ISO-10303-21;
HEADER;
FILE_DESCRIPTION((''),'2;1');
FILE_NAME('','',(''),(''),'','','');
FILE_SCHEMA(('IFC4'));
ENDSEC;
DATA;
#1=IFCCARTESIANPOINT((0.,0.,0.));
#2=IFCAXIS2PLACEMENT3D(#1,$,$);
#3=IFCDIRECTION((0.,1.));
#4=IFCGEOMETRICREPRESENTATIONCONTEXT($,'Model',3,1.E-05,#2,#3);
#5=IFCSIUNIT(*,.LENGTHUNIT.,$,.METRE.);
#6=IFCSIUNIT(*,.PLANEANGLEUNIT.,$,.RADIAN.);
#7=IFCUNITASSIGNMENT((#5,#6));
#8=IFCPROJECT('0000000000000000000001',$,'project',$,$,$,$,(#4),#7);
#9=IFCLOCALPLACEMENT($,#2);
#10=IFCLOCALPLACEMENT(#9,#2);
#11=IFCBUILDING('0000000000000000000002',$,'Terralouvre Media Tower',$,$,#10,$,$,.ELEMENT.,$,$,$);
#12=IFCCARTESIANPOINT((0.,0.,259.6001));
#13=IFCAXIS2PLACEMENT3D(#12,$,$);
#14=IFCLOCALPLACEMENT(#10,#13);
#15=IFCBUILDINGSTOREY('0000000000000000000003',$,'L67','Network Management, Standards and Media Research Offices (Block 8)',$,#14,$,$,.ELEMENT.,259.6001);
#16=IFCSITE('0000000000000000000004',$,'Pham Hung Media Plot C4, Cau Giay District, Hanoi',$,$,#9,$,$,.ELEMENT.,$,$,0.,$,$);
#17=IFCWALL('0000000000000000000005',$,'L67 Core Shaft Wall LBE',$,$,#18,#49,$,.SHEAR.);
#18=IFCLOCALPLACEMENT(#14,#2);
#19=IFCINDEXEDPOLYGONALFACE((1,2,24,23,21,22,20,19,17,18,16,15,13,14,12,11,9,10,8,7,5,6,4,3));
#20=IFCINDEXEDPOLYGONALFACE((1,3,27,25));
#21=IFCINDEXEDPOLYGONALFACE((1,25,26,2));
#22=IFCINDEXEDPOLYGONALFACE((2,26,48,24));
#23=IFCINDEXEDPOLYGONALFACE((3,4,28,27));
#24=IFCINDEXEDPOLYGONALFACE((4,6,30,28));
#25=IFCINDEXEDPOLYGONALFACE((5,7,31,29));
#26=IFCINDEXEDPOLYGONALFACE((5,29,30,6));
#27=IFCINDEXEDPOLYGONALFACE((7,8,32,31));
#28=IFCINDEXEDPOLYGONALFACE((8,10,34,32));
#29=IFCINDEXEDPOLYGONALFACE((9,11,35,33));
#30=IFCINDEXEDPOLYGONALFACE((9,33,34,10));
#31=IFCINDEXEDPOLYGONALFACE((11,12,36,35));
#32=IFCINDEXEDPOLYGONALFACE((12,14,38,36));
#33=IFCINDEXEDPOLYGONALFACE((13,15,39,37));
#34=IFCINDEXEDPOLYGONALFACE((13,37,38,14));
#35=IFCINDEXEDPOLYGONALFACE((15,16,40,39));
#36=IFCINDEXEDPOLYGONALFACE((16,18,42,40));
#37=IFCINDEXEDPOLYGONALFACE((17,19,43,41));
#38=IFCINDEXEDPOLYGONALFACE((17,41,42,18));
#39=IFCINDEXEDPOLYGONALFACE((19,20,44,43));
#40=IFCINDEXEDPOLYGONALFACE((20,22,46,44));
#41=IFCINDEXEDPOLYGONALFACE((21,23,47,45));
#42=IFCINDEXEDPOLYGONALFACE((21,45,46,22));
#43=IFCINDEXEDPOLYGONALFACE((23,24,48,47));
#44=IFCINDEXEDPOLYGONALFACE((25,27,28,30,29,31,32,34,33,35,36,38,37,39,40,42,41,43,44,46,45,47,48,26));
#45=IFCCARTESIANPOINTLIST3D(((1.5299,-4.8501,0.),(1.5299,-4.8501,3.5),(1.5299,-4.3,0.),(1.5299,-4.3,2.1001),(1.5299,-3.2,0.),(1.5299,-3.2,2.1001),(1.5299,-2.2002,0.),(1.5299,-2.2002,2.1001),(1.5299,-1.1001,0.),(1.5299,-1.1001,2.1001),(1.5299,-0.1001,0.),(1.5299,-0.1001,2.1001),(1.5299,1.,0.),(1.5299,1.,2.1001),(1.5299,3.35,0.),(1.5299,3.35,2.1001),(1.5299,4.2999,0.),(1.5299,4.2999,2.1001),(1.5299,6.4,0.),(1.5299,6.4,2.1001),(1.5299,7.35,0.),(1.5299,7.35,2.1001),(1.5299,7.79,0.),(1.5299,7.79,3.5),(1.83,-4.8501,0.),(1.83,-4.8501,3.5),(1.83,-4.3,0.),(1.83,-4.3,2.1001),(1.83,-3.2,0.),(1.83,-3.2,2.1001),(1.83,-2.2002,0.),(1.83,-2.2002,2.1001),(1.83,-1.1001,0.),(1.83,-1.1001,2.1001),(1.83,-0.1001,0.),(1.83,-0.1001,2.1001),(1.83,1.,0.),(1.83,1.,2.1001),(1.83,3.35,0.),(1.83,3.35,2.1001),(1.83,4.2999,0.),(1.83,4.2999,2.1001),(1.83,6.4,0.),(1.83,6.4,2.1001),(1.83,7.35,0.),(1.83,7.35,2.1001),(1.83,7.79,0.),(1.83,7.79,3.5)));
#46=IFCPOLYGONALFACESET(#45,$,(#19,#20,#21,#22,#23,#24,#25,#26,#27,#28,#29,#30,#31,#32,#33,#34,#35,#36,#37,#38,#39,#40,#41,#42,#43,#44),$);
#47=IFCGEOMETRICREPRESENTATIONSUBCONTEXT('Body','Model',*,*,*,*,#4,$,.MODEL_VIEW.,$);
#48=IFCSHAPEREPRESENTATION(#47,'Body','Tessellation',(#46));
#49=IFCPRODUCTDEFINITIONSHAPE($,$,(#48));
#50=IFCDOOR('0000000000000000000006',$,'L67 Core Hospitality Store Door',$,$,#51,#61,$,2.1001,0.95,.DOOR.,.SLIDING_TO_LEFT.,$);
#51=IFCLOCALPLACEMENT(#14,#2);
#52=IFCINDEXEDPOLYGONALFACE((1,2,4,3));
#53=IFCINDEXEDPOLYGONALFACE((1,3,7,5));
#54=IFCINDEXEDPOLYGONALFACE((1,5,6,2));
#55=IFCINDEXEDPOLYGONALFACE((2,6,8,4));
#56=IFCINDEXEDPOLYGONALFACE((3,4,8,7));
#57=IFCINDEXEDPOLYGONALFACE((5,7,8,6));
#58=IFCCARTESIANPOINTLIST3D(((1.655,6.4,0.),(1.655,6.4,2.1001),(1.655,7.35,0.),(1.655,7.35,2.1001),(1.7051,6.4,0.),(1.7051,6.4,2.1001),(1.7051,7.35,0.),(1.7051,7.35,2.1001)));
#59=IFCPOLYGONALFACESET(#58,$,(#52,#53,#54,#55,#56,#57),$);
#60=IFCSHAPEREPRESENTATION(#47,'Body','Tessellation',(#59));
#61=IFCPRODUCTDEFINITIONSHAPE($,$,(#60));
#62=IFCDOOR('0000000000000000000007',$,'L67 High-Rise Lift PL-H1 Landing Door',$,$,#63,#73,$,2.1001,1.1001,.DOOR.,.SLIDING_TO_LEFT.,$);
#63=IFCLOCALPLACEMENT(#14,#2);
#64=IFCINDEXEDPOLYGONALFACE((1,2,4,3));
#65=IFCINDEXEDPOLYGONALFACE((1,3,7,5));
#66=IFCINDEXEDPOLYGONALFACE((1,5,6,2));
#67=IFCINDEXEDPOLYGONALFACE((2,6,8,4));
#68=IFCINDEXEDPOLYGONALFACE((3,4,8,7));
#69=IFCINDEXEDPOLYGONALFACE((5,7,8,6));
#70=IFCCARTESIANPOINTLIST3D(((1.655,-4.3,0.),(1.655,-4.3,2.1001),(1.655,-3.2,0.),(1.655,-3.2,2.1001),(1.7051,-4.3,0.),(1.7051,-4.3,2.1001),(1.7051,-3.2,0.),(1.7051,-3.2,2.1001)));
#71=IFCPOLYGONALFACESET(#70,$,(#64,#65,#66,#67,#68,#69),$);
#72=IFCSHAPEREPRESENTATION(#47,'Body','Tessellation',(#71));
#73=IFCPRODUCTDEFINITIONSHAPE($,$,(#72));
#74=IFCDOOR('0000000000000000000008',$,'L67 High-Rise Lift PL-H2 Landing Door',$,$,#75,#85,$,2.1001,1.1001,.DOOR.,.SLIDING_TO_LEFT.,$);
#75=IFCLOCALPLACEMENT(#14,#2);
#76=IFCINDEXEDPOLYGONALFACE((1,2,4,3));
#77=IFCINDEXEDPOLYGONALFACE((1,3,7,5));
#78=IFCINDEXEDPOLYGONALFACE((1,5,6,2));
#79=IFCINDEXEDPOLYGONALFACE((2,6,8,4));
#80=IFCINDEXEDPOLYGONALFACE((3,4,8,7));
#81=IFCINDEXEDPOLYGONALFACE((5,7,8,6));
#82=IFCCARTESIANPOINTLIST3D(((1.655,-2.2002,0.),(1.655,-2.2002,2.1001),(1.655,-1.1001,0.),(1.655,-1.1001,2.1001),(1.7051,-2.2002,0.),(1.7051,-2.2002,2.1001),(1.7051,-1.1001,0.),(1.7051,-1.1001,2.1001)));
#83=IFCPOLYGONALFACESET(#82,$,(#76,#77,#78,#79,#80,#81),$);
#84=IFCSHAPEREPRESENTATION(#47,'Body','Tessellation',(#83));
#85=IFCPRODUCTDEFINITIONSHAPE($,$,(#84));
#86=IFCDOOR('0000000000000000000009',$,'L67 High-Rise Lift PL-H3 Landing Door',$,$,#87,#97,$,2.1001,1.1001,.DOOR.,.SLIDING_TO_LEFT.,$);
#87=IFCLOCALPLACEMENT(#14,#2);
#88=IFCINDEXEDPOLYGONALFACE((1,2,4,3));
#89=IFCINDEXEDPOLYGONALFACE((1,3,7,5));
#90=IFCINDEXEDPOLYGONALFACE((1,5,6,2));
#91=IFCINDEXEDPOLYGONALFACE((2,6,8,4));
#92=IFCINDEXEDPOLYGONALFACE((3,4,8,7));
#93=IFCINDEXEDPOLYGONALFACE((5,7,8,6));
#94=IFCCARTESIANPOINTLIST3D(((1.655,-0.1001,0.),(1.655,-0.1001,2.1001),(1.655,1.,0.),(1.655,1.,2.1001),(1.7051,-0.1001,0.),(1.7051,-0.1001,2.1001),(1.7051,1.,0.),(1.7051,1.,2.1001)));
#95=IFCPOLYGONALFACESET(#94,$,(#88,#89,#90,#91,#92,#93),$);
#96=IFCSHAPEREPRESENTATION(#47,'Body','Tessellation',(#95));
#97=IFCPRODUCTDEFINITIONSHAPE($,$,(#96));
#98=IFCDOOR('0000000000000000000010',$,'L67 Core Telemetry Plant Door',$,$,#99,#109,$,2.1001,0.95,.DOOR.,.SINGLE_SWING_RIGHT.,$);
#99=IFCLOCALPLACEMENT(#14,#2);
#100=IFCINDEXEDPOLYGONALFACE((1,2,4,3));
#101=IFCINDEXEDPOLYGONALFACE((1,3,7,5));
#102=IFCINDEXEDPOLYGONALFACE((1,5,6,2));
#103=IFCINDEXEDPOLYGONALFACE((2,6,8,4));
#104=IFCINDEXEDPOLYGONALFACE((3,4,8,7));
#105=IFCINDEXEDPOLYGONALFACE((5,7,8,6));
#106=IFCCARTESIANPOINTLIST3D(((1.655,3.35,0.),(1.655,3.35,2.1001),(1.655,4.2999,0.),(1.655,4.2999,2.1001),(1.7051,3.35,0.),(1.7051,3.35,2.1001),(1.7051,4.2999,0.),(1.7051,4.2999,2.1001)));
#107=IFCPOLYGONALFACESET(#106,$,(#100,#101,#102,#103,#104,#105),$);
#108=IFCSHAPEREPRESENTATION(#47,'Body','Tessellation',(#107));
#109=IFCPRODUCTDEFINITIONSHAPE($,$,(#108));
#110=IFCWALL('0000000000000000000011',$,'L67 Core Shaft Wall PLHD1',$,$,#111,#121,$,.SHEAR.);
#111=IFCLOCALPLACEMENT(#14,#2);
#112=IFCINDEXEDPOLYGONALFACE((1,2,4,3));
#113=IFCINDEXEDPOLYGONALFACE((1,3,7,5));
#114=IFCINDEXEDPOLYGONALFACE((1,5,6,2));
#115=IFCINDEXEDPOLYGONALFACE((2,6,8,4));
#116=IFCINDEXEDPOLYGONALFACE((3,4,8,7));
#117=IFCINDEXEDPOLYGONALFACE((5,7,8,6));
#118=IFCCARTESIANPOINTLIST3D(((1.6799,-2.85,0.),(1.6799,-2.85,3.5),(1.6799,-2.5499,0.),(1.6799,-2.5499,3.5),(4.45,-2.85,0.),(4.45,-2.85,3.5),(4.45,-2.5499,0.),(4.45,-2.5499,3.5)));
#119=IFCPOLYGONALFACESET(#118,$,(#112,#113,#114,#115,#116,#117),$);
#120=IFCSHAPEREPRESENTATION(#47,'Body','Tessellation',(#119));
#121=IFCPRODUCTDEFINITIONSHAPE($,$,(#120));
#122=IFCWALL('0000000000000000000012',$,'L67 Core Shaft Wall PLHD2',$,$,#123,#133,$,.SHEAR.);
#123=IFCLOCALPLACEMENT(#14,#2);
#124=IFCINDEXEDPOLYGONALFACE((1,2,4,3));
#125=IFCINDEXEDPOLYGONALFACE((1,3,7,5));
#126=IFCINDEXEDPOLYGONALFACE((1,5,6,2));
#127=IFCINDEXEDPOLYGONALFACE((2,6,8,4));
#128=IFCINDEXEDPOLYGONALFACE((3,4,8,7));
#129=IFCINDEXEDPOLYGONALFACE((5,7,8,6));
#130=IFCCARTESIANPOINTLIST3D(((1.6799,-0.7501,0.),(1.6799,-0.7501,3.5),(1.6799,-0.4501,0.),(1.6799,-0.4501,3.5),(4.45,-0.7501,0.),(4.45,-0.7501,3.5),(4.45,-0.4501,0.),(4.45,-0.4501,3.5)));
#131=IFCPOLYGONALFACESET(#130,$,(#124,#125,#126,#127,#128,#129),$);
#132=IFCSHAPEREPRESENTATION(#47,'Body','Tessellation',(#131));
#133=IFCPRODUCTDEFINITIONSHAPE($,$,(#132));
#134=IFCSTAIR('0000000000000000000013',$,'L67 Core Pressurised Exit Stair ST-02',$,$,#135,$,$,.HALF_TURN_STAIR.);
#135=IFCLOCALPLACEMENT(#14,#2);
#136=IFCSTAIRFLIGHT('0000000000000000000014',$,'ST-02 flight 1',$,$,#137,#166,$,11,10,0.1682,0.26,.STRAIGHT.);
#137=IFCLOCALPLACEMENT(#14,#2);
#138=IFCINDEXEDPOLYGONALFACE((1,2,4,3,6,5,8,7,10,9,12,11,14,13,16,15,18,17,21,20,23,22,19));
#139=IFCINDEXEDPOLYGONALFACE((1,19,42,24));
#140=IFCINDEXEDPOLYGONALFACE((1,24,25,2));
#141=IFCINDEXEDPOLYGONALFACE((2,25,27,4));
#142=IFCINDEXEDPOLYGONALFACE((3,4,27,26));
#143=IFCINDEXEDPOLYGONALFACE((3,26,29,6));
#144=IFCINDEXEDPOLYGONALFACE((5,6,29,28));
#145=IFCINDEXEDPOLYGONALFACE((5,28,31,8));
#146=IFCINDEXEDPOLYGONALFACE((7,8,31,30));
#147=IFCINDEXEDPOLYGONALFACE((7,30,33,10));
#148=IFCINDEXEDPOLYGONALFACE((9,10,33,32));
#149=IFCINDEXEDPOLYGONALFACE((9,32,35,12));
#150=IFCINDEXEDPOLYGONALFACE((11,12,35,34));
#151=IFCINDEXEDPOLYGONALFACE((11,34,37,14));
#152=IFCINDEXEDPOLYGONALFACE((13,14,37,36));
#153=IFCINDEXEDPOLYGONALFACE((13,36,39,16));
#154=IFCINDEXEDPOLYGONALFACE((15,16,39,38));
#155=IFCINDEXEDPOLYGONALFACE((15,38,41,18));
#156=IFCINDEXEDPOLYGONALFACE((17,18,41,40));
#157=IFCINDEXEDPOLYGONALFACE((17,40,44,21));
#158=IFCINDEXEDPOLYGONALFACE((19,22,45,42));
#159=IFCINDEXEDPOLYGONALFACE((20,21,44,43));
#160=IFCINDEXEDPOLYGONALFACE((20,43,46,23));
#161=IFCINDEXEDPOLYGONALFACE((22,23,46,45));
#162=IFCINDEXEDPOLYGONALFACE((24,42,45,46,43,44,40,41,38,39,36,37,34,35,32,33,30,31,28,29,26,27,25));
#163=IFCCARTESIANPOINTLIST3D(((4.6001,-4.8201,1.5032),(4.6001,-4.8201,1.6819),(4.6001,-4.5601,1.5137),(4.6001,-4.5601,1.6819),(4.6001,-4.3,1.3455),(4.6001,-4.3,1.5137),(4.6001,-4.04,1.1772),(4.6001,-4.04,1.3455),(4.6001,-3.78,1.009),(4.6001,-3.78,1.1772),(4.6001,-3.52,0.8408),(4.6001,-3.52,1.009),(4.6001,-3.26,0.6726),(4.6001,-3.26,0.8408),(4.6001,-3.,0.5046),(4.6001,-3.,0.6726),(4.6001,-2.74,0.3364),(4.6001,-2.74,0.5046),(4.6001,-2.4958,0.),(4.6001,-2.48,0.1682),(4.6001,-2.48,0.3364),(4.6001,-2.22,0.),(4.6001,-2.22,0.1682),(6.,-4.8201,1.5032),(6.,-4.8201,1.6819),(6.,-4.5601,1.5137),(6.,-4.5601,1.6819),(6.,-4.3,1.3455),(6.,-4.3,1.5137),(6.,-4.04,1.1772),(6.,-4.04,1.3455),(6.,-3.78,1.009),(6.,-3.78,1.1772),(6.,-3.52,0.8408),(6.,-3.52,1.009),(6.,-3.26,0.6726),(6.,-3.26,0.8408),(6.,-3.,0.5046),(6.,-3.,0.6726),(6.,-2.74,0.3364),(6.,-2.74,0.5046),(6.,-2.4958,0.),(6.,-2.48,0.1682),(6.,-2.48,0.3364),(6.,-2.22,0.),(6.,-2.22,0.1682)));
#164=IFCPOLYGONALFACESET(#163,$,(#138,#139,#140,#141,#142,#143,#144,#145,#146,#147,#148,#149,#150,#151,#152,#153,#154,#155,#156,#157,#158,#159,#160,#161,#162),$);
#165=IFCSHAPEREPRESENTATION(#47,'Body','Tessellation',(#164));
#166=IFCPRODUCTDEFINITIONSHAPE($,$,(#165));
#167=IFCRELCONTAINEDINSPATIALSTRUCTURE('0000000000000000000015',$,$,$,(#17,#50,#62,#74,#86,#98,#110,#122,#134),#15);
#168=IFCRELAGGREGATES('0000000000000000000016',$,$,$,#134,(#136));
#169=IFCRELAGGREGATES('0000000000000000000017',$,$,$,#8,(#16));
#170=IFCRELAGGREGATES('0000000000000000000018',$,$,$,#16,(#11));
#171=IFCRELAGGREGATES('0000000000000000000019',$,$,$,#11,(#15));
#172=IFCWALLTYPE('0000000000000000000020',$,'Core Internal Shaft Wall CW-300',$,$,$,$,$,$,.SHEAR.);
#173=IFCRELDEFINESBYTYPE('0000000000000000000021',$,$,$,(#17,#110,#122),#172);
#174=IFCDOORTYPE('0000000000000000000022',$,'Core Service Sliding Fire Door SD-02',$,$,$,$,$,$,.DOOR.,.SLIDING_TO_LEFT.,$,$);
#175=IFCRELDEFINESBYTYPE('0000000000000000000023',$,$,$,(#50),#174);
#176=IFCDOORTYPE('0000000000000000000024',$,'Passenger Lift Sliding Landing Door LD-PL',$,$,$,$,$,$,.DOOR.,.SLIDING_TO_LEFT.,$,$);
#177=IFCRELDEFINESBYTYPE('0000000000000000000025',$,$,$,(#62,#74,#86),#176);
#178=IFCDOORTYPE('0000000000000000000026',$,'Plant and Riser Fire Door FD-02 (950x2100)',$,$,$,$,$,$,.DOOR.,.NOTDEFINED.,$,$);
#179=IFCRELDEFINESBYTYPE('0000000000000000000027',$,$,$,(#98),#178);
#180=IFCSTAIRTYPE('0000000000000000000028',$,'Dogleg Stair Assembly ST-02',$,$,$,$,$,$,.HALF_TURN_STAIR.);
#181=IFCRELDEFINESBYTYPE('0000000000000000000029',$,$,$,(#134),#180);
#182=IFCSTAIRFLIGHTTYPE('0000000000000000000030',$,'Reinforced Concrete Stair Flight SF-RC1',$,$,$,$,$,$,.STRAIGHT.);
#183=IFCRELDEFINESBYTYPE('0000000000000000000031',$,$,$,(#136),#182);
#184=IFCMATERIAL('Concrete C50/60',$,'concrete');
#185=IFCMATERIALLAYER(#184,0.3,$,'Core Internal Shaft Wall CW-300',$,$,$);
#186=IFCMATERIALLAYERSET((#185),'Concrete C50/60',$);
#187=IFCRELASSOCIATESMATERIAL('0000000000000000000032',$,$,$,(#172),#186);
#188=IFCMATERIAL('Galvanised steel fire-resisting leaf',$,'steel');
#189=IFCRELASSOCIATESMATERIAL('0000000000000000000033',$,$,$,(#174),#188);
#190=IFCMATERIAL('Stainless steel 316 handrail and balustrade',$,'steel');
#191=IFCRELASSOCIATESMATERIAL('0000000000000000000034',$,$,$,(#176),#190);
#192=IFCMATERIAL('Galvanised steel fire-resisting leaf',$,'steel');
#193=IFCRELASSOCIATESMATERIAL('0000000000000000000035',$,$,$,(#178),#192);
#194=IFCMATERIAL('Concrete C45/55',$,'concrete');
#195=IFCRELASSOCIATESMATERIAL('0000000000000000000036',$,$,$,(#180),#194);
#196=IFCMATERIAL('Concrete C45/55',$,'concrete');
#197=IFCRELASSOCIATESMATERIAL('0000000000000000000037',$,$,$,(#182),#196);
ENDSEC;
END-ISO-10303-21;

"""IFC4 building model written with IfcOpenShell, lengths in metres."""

from ifc_helpers import new_model, si_unit, direction, frame, frame_2d, origin, place, context, subcontext, project, spatial, polyline, rectangle, outline, extrude, material, layer, layer_set, type_object, element, fill, aggregate, save


model = new_model("IFC4")

# Units and contexts
model_context = context("Model", 3, precision=1e-05, world=origin(), true_north=direction((0.0, 1.0)))
body_context = subcontext(model_context, "Body", "Model", "MODEL_VIEW")
ifc_project = project(units=[si_unit("LENGTHUNIT", "METRE"), si_unit("PLANEANGLEUNIT", "RADIAN")], contexts=[model_context])

# Site, building, storey
site_placement = place(None, origin())
site = spatial("IfcSite", under=ifc_project, at=site_placement, Name="Pham Hung Media Plot C4, Cau Giay District, Hanoi", CompositionType="ELEMENT", RefElevation=0.0)
building_placement = place(site_placement, origin())
building = spatial("IfcBuilding", under=site, at=building_placement, Name="Terralouvre Media Tower", CompositionType="ELEMENT")
storey_placement = place(building_placement, frame((0.0, 0.0, 259.6001)))
storey = spatial("IfcBuildingStorey", under=building, at=storey_placement, Name="L67", Description="Network Management, Standards and Media Research Offices (Block 8)", CompositionType="ELEMENT", Elevation=259.6001)

# Shared definitions
ifc_material_1 = material(Name="Concrete C50/60", Category="concrete")
ifc_layer_1 = layer(ifc_material_1, 0.3, Name="Core Internal Shaft Wall CW-300")
ifc_layer_set_1 = layer_set([ifc_layer_1], Name="Concrete C50/60")
wall_type = type_object("IfcWallType", Name="Core Internal Shaft Wall CW-300", PredefinedType="SHEAR", material=ifc_layer_set_1)

# Wall, openings, doors
wall_1_placement = place(storey_placement, frame((1.6799, -4.8501, 0.0), z_axis=(0.0, 0.0, 1.0), x_axis=(0.0, 1.0, 0.0)))
wall_1 = element("IfcWall", 1, at=wall_1_placement, inside=storey, type_object=wall_type, Name="L67 Core Shaft Wall LBE", PredefinedType="SHEAR", context=body_context, shape_type="SweptSolid", body=[
    extrude(rectangle(XDim=12.6401, YDim=0.3, at=frame_2d((6.3201, 0.0))), origin(), (0.0, 0.0, 1.0), 3.5),
])
opening_1_placement = place(wall_1_placement, frame((0.55, 0.0, 0.0)))
opening_1 = element("IfcOpeningElement", 2, at=opening_1_placement, cuts=wall_1, PredefinedType="OPENING", context=body_context, shape_type="SweptSolid", body=[
    extrude(rectangle(XDim=1.1001, YDim=2.1001, at=frame_2d((0.55, 1.05))), frame((0.0, 0.1599, 0.0), z_axis=(0.0, -1.0, 0.0), x_axis=(1.0, 0.0, 0.0)), (0.0, 0.0, 1.0), 0.3201),
])
opening_2_placement = place(wall_1_placement, frame((2.6499, 0.0, 0.0)))
opening_2 = element("IfcOpeningElement", 3, at=opening_2_placement, cuts=wall_1, PredefinedType="OPENING", context=body_context, shape_type="SweptSolid", body=[
    extrude(rectangle(XDim=1.1001, YDim=2.1001, at=frame_2d((0.55, 1.05))), frame((0.0, 0.1599, 0.0), z_axis=(0.0, -1.0, 0.0), x_axis=(1.0, 0.0, 0.0)), (0.0, 0.0, 1.0), 0.3201),
])
opening_3_placement = place(wall_1_placement, frame((4.75, 0.0, 0.0)))
opening_3 = element("IfcOpeningElement", 4, at=opening_3_placement, cuts=wall_1, PredefinedType="OPENING", context=body_context, shape_type="SweptSolid", body=[
    extrude(rectangle(XDim=1.1001, YDim=2.1001, at=frame_2d((0.55, 1.05))), frame((0.0, 0.1599, 0.0), z_axis=(0.0, -1.0, 0.0), x_axis=(1.0, 0.0, 0.0)), (0.0, 0.0, 1.0), 0.3201),
])
opening_4_placement = place(wall_1_placement, frame((8.2, 0.0, 0.0)))
opening_4 = element("IfcOpeningElement", 5, at=opening_4_placement, cuts=wall_1, PredefinedType="OPENING", context=body_context, shape_type="SweptSolid", body=[
    extrude(rectangle(XDim=0.95, YDim=2.1001, at=frame_2d((0.4751, 1.05))), frame((0.0, 0.1599, 0.0), z_axis=(0.0, -1.0, 0.0), x_axis=(1.0, 0.0, 0.0)), (0.0, 0.0, 1.0), 0.3201),
])
opening_5_placement = place(wall_1_placement, frame((11.25, 0.0, 0.0)))
opening_5 = element("IfcOpeningElement", 6, at=opening_5_placement, cuts=wall_1, PredefinedType="OPENING", context=body_context, shape_type="SweptSolid", body=[
    extrude(rectangle(XDim=0.95, YDim=2.1001, at=frame_2d((0.4751, 1.05))), frame((0.0, 0.1599, 0.0), z_axis=(0.0, -1.0, 0.0), x_axis=(1.0, 0.0, 0.0)), (0.0, 0.0, 1.0), 0.3201),
])
ifc_material_2 = material(Name="Galvanised steel fire-resisting leaf", Category="steel")
door_type_1 = type_object("IfcDoorType", Name="Core Service Sliding Fire Door SD-02", OperationType="SLIDING_TO_LEFT", PredefinedType="DOOR", material=ifc_material_2)
door_1_placement = place(opening_5_placement, origin())
door_1 = element("IfcDoor", 7, at=door_1_placement, inside=storey, type_object=door_type_1, Name="L67 Core Hospitality Store Door", OperationType="SLIDING_TO_LEFT", OverallHeight=2.1001, OverallWidth=0.95, PredefinedType="DOOR", context=body_context, shape_type="SweptSolid", body=[
    extrude(rectangle(XDim=0.95, YDim=2.1001, at=frame_2d((0.4751, 1.05))), frame((0.0, 0.0249, 0.0), z_axis=(0.0, -1.0, 0.0), x_axis=(1.0, 0.0, 0.0)), (0.0, 0.0, 1.0), 0.05),
])
fill(opening_5, door_1)
ifc_material_3 = material(Name="Stainless steel 316 handrail and balustrade", Category="steel")
door_type_2 = type_object("IfcDoorType", Name="Passenger Lift Sliding Landing Door LD-PL", OperationType="SLIDING_TO_LEFT", PredefinedType="DOOR", material=ifc_material_3)
door_2_placement = place(opening_1_placement, origin())
door_2 = element("IfcDoor", 8, at=door_2_placement, inside=storey, type_object=door_type_2, Name="L67 High-Rise Lift PL-H1 Landing Door", OperationType="SLIDING_TO_LEFT", OverallHeight=2.1001, OverallWidth=1.1001, PredefinedType="DOOR", context=body_context, shape_type="SweptSolid", body=[
    extrude(rectangle(XDim=1.1001, YDim=2.1001, at=frame_2d((0.55, 1.05))), frame((0.0, 0.0249, 0.0), z_axis=(0.0, -1.0, 0.0), x_axis=(1.0, 0.0, 0.0)), (0.0, 0.0, 1.0), 0.05),
])
fill(opening_1, door_2)
door_3_placement = place(opening_2_placement, origin())
door_3 = element("IfcDoor", 9, at=door_3_placement, inside=storey, type_object=door_type_2, Name="L67 High-Rise Lift PL-H2 Landing Door", OperationType="SLIDING_TO_LEFT", OverallHeight=2.1001, OverallWidth=1.1001, PredefinedType="DOOR", context=body_context, shape_type="SweptSolid", body=[
    extrude(rectangle(XDim=1.1001, YDim=2.1001, at=frame_2d((0.55, 1.05))), frame((0.0, 0.0249, 0.0), z_axis=(0.0, -1.0, 0.0), x_axis=(1.0, 0.0, 0.0)), (0.0, 0.0, 1.0), 0.05),
])
fill(opening_2, door_3)
door_4_placement = place(opening_3_placement, origin())
door_4 = element("IfcDoor", 10, at=door_4_placement, inside=storey, type_object=door_type_2, Name="L67 High-Rise Lift PL-H3 Landing Door", OperationType="SLIDING_TO_LEFT", OverallHeight=2.1001, OverallWidth=1.1001, PredefinedType="DOOR", context=body_context, shape_type="SweptSolid", body=[
    extrude(rectangle(XDim=1.1001, YDim=2.1001, at=frame_2d((0.55, 1.05))), frame((0.0, 0.0249, 0.0), z_axis=(0.0, -1.0, 0.0), x_axis=(1.0, 0.0, 0.0)), (0.0, 0.0, 1.0), 0.05),
])
fill(opening_3, door_4)
ifc_material_4 = material(Name="Galvanised steel fire-resisting leaf", Category="steel")
door_type_3 = type_object("IfcDoorType", Name="Plant and Riser Fire Door FD-02 (950x2100)", OperationType="NOTDEFINED", PredefinedType="DOOR", material=ifc_material_4)
door_5_placement = place(opening_4_placement, origin())
door_5 = element("IfcDoor", 11, at=door_5_placement, inside=storey, type_object=door_type_3, Name="L67 Core Telemetry Plant Door", OperationType="SINGLE_SWING_RIGHT", OverallHeight=2.1001, OverallWidth=0.95, PredefinedType="DOOR", context=body_context, shape_type="SweptSolid", body=[
    extrude(rectangle(XDim=0.95, YDim=2.1001, at=frame_2d((0.4751, 1.05))), frame((0.0, 0.0249, 0.0), z_axis=(0.0, -1.0, 0.0), x_axis=(1.0, 0.0, 0.0)), (0.0, 0.0, 1.0), 0.05),
])
fill(opening_4, door_5)

# Walls
for number, where, z_axis, x_axis, name in (
    (12, (1.6799, -2.7, 0.0), (0.0, 0.0, 1.0), (1.0, 0.0, 0.0), "L67 Core Shaft Wall PLHD1"),
    (13, (1.6799, -0.6001, 0.0), (0.0, 0.0, 1.0), (1.0, 0.0, 0.0), "L67 Core Shaft Wall PLHD2"),
):
    element("IfcWall", number, at=place(storey_placement, frame(where, z_axis=z_axis, x_axis=x_axis)), inside=storey, type_object=wall_type, Name=name, PredefinedType="SHEAR", context=body_context, shape_type="SweptSolid", body=[
        extrude(rectangle(XDim=2.77, YDim=0.3, at=frame_2d((1.385, 0.0))), origin(), (0.0, 0.0, 1.0), 3.5),
    ])

# Stair, stair flight
ifc_material_5 = material(Name="Concrete C45/55", Category="concrete")
stair_type = type_object("IfcStairType", Name="Dogleg Stair Assembly ST-02", PredefinedType="HALF_TURN_STAIR", material=ifc_material_5)
stair_placement = place(storey_placement, origin())
stair = element("IfcStair", 14, at=stair_placement, inside=storey, type_object=stair_type, Name="L67 Core Pressurised Exit Stair ST-02", PredefinedType="HALF_TURN_STAIR")
ifc_material_6 = material(Name="Concrete C45/55", Category="concrete")
stair_flight_type = type_object("IfcStairFlightType", Name="Reinforced Concrete Stair Flight SF-RC1", PredefinedType="STRAIGHT", material=ifc_material_6)
stair_flight_1_placement = place(storey_placement, frame((5.3, -2.22, 0.0), z_axis=(0.0, 0.0, 1.0), x_axis=(0.0, -1.0, 0.0)))
stair_flight_1 = element("IfcStairFlight", 15, at=stair_flight_1_placement, type_object=stair_flight_type, Name="ST-02 flight 1", NumberOfRisers=11, NumberOfTreads=10, PredefinedType="STRAIGHT", RiserHeight=0.1682, TreadLength=0.26, context=body_context, shape_type="SweptSolid", body=[
    extrude(outline(polyline([(0.0, 0.0), (0.0, 0.1682), (0.26, 0.1682), (0.26, 0.3364), (0.52, 0.3364), (0.52, 0.5046), (0.78, 0.5046), (0.78, 0.6726), (1.04, 0.6726), (1.04, 0.8408), (1.3, 0.8408), (1.3, 1.009), (1.5601, 1.009), (1.5601, 1.1772), (1.8201, 1.1772), (1.8201, 1.3455), (2.0801, 1.3455), (2.0801, 1.5137), (2.3401, 1.5137), (2.3401, 1.6819), (2.6001, 1.6819), (2.6001, 1.8501), (2.6001, 1.5032), (0.2759, 0.0), (0.0, 0.0)])), frame((0.0, 0.7, 0.0), z_axis=(0.0, -1.0, 0.0), x_axis=(1.0, 0.0, 0.0)), (0.0, 0.0, 1.0), 1.3999),
])
aggregate(stair, [stair_flight_1])

save(model, "model.ifc")
